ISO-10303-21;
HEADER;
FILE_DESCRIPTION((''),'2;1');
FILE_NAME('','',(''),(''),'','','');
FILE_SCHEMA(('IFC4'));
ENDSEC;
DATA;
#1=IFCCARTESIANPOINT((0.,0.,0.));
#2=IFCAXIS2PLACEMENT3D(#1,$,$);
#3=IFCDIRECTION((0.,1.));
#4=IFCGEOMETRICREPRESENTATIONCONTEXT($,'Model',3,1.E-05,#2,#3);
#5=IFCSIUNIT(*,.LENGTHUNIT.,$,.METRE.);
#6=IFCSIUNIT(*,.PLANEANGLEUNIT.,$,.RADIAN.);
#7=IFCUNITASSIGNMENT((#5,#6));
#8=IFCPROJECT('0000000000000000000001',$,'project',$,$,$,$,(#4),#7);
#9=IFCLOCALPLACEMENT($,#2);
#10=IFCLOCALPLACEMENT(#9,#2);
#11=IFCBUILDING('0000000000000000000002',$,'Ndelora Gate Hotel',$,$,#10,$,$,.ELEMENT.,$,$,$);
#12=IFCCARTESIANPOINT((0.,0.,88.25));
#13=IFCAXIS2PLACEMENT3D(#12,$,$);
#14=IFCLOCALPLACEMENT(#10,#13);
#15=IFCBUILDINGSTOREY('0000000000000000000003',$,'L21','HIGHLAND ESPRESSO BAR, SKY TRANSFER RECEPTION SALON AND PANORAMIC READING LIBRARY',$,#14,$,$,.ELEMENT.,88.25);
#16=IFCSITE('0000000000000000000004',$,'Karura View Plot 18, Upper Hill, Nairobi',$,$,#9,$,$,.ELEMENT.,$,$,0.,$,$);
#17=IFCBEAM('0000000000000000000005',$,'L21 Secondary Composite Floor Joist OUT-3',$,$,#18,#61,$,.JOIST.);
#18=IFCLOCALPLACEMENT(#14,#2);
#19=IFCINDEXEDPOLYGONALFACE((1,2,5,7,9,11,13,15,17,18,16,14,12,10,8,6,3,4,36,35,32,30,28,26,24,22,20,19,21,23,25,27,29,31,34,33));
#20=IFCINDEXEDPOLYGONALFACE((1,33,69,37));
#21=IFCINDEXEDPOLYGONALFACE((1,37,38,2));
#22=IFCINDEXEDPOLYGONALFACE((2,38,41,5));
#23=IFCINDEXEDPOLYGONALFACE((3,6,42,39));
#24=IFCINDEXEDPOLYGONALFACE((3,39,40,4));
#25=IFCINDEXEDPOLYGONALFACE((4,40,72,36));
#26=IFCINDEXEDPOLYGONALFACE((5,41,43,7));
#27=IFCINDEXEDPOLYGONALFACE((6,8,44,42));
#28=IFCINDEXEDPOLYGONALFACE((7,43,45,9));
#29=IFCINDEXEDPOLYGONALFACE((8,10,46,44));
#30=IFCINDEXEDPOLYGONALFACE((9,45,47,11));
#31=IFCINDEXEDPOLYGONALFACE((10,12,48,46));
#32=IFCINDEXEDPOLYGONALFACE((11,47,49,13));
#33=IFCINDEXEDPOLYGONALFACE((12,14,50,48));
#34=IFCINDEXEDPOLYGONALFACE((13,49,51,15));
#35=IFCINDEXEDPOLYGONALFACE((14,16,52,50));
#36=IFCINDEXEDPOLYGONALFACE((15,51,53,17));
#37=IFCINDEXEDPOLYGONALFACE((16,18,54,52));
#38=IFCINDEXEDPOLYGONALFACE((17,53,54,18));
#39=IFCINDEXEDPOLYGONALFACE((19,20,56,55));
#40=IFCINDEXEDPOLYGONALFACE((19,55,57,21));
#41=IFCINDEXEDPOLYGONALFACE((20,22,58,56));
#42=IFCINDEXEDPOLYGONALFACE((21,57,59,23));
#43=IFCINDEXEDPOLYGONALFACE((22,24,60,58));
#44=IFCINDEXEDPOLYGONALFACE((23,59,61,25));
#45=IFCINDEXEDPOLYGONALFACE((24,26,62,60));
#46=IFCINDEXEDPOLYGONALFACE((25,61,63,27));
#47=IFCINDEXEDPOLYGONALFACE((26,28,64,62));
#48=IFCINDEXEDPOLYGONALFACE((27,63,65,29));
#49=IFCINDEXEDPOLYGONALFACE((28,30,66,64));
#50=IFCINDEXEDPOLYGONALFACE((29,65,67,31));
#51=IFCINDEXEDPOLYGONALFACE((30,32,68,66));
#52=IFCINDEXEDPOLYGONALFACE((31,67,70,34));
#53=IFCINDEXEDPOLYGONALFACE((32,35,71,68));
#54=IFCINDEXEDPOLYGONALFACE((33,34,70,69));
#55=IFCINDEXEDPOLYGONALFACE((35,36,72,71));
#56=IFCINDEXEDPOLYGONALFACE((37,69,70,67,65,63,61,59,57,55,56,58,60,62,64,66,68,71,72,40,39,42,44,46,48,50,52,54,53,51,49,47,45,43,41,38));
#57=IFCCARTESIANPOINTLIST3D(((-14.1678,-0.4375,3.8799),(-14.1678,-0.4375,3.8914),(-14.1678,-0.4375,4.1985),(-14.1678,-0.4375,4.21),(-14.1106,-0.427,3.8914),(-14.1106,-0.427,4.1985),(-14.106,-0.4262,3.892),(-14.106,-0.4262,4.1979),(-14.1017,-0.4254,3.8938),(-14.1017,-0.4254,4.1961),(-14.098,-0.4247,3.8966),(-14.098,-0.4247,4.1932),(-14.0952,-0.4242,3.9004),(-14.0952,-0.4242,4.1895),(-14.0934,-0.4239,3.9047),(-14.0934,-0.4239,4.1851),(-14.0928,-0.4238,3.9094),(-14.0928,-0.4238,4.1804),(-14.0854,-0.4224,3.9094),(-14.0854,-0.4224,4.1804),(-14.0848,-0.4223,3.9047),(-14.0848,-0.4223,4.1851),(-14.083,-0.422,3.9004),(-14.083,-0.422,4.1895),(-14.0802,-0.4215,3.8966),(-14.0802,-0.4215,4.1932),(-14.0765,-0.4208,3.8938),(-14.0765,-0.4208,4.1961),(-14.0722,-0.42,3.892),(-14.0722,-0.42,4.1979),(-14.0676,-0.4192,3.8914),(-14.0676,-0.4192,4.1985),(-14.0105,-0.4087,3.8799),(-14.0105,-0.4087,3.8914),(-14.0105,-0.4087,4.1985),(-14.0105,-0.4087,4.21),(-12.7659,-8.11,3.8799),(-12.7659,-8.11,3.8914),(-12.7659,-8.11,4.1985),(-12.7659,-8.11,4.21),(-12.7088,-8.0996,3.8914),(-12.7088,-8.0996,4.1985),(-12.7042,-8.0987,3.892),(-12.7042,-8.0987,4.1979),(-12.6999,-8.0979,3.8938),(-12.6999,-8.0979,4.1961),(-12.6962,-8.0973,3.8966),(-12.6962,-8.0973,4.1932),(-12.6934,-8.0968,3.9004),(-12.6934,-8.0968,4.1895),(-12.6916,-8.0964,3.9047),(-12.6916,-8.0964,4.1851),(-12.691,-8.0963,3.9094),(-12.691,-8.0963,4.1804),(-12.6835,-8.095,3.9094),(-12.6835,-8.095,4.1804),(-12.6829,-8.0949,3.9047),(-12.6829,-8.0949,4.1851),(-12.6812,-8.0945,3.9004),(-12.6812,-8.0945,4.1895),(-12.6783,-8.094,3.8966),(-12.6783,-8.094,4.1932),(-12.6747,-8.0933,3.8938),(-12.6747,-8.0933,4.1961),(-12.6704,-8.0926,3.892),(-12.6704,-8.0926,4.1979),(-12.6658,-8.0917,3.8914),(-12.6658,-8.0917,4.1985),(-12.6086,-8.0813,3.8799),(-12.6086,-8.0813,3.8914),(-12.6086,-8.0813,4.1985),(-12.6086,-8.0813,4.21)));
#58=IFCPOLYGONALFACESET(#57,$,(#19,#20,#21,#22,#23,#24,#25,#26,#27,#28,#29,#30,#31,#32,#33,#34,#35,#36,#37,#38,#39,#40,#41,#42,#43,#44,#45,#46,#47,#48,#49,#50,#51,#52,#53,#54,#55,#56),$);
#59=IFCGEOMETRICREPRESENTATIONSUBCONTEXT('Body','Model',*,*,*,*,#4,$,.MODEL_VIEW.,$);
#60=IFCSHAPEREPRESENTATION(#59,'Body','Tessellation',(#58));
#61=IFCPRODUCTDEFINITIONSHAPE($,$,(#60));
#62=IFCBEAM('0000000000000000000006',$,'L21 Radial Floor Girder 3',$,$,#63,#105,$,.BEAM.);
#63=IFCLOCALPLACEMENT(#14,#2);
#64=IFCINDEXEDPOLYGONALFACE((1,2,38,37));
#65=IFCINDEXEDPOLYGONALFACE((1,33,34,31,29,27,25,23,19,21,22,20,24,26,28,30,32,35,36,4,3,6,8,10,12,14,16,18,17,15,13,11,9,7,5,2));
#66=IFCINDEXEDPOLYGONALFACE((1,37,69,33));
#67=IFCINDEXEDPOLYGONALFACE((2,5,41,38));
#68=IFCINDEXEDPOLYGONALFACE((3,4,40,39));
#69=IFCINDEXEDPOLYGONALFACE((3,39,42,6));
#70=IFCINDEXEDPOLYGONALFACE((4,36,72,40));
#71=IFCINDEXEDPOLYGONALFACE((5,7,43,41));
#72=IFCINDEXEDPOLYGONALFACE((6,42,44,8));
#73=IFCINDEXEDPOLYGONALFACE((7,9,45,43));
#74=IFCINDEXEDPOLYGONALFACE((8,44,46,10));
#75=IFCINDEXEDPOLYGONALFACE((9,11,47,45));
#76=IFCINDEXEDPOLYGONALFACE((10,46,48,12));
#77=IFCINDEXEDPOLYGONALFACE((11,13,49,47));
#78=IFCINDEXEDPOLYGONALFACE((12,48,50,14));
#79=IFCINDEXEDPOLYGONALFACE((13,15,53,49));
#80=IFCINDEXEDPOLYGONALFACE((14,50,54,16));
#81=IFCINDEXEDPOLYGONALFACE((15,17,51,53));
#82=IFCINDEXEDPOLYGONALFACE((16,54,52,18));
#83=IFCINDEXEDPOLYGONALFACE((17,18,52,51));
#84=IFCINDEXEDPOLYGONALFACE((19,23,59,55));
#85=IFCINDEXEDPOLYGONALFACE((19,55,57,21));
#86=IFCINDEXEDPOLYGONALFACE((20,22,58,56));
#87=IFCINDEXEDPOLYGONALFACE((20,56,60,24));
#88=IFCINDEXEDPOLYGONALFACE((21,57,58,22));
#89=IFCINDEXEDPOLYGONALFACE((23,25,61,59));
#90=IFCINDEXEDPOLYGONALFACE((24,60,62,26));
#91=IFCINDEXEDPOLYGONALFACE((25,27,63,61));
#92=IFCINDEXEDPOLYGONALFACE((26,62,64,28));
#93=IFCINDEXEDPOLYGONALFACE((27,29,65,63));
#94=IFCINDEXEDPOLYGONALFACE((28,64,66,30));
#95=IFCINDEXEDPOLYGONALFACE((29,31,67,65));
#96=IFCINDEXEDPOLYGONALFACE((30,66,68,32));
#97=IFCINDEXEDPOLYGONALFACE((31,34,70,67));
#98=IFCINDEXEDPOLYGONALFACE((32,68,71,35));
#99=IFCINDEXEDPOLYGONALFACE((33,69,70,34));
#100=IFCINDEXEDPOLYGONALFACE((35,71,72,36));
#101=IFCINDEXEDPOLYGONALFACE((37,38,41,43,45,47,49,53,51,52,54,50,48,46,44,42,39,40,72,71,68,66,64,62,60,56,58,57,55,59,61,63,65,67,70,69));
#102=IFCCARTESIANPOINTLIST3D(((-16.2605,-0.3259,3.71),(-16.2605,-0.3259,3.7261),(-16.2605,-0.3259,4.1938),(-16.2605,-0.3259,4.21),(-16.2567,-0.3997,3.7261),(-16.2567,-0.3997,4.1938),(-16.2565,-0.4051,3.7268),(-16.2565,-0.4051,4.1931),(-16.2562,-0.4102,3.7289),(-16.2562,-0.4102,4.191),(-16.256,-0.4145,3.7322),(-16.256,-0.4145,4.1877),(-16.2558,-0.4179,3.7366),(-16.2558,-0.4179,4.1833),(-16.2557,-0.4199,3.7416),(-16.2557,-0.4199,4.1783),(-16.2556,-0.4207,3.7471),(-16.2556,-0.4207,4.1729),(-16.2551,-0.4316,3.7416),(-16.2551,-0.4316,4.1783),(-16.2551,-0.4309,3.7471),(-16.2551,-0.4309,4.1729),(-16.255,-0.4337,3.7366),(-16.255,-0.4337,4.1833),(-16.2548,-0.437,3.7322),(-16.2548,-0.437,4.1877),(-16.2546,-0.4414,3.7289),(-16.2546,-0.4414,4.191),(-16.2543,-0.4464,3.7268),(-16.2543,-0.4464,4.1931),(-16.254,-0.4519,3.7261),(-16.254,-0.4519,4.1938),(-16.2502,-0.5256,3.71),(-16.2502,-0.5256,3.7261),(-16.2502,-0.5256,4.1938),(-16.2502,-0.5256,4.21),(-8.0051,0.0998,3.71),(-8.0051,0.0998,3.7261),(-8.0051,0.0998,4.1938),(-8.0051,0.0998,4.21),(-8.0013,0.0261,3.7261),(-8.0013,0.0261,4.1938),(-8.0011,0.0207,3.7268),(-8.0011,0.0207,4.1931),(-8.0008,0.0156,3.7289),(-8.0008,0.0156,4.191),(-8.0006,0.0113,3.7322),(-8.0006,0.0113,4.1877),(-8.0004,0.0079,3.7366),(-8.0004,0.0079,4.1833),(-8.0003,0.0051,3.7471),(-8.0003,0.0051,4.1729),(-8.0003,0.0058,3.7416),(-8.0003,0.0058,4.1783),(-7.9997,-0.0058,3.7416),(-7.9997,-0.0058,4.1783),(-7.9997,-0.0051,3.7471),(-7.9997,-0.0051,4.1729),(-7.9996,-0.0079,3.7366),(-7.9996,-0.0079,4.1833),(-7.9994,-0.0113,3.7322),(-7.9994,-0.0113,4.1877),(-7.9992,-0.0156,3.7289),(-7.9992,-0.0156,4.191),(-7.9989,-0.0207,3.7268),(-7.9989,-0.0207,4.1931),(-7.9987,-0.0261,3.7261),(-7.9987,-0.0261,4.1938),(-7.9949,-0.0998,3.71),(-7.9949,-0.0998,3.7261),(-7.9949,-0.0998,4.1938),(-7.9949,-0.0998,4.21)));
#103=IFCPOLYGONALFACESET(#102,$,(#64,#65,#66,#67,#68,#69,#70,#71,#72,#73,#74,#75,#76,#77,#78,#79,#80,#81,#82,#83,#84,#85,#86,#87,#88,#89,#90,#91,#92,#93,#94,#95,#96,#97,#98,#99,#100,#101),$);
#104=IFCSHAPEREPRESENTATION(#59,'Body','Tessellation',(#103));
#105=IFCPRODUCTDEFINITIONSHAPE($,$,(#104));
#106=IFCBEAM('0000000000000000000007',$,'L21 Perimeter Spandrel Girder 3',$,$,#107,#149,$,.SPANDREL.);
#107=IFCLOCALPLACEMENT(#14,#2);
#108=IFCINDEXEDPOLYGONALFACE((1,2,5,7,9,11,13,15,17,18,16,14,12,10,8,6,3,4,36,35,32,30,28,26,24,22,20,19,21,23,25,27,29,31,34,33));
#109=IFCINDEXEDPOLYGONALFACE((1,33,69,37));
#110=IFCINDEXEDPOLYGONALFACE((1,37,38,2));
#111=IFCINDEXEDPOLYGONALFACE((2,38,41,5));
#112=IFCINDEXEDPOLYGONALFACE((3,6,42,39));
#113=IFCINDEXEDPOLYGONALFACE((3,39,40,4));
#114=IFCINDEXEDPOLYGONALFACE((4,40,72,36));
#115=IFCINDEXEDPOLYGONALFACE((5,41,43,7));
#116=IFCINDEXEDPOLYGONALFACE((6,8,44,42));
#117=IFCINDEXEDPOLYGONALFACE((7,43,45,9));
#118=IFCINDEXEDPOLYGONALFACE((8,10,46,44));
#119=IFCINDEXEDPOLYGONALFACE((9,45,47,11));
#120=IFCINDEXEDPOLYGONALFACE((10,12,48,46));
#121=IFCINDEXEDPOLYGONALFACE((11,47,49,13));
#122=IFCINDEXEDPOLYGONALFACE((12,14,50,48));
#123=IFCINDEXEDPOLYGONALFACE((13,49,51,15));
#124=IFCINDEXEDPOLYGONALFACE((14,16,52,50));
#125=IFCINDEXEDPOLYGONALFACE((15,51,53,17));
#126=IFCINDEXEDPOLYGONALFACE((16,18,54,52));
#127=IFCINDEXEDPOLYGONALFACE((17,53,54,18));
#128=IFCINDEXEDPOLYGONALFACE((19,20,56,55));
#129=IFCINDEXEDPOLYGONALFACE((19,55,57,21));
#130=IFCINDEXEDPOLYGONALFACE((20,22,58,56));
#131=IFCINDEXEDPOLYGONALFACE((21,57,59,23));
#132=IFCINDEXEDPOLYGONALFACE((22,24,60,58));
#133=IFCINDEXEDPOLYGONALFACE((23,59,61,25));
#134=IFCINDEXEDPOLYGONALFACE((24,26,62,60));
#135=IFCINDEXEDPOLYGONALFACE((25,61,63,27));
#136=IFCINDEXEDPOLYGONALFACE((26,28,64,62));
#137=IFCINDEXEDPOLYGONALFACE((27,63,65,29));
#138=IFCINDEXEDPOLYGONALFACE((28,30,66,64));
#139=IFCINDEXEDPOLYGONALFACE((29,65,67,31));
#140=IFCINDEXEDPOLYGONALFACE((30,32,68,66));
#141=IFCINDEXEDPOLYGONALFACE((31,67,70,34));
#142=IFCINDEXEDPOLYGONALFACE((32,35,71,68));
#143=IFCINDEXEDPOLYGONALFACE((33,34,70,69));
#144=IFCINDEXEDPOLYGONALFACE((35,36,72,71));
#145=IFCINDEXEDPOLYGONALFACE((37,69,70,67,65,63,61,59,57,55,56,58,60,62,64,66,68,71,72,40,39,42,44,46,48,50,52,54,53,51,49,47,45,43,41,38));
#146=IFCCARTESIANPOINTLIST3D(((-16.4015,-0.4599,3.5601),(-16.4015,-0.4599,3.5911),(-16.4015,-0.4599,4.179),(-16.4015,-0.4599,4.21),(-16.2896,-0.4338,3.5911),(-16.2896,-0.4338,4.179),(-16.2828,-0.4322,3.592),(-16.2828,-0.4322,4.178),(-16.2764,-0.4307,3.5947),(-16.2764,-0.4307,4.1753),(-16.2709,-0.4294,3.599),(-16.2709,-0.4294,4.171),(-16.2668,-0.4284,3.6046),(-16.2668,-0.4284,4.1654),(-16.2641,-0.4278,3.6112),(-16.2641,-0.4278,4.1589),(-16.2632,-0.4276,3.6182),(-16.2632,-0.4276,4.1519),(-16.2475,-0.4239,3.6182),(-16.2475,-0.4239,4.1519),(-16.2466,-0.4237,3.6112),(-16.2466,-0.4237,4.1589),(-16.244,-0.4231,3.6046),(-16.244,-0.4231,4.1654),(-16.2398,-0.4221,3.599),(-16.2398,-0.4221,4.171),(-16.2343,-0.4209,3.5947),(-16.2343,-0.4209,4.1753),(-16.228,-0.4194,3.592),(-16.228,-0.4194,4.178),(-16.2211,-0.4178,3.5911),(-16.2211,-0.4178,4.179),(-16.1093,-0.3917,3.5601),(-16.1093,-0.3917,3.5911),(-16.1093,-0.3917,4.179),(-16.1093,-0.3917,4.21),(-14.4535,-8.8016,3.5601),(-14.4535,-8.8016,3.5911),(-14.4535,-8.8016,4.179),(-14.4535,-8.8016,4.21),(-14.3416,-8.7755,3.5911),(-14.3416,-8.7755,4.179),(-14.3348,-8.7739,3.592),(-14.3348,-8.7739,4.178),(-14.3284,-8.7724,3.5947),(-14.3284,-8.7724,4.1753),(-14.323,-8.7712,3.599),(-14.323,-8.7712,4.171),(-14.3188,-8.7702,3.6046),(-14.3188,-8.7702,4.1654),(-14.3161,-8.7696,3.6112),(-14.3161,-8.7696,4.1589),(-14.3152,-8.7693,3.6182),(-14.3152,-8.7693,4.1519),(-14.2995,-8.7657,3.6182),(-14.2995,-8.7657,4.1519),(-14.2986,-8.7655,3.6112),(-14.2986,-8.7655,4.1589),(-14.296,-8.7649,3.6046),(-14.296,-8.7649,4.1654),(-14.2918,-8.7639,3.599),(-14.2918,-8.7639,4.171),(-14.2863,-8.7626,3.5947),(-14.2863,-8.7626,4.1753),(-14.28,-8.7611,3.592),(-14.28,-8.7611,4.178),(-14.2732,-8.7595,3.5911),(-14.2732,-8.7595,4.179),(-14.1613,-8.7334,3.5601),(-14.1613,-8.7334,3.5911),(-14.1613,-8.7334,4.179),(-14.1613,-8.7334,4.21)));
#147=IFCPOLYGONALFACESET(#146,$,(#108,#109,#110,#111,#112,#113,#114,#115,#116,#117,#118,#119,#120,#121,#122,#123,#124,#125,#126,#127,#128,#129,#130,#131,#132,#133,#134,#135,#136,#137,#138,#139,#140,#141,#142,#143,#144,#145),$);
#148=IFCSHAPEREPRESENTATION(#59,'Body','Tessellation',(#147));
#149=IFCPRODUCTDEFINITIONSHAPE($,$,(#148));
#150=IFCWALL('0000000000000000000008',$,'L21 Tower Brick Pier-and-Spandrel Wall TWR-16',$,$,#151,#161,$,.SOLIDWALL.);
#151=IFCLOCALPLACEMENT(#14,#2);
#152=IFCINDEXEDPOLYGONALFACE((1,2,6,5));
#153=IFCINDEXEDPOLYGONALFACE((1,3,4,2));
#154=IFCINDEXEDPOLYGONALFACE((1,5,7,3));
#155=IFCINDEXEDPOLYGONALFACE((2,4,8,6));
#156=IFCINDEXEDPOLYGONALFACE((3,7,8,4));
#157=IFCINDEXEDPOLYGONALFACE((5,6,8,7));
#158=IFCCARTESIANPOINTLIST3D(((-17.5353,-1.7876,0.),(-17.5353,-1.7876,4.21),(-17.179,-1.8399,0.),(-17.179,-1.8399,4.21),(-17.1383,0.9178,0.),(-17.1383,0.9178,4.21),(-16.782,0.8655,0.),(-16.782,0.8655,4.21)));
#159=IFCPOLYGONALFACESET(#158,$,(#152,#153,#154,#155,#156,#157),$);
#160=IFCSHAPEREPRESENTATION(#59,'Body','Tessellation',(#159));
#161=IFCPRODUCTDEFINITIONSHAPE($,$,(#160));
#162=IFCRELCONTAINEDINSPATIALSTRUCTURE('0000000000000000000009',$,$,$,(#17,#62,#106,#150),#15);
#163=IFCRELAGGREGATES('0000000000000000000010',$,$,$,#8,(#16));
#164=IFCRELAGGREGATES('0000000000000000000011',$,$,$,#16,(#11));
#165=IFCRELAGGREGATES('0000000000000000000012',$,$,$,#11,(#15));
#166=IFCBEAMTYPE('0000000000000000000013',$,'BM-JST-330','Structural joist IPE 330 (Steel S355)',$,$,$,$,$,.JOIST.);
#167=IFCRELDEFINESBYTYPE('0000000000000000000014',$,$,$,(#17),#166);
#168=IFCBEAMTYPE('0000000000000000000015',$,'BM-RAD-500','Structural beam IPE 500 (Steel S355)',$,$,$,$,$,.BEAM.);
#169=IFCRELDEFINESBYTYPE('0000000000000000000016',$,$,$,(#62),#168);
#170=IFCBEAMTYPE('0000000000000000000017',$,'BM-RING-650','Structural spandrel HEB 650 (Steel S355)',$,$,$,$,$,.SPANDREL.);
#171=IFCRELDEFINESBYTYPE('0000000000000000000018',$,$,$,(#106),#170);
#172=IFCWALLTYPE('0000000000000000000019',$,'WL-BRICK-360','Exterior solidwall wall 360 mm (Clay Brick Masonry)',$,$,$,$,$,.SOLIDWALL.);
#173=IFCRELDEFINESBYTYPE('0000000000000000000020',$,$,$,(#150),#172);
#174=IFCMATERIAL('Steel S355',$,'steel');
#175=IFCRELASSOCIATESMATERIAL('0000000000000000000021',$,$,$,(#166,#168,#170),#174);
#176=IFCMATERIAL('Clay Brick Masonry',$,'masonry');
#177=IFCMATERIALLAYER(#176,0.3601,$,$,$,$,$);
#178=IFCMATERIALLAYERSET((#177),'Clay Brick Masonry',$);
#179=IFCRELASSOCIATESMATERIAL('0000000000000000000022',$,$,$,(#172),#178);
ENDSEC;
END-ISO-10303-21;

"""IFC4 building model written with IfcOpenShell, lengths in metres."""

from ifc_helpers import new_model, si_unit, direction, frame, frame_2d, origin, origin_2d, place, context, subcontext, project, spatial, rectangle, i_section, extrude, material, layer, layer_set, material_profile, profile_set, type_object, element, save


model = new_model("IFC4")

# Units and contexts
model_context = context("Model", 3, precision=1e-05, world=origin(), true_north=direction((0.0, 1.0)))
body_context = subcontext(model_context, "Body", "Model", "MODEL_VIEW")
ifc_project = project(units=[si_unit("LENGTHUNIT", "METRE"), si_unit("PLANEANGLEUNIT", "RADIAN")], contexts=[model_context])

# Site, building, storey
site_placement = place(None, origin())
site = spatial("IfcSite", under=ifc_project, at=site_placement, Name="Karura View Plot 18, Upper Hill, Nairobi", CompositionType="ELEMENT", RefElevation=0.0)
building_placement = place(site_placement, origin())
building = spatial("IfcBuilding", under=site, at=building_placement, Name="Ndelora Gate Hotel", CompositionType="ELEMENT")
storey_placement = place(building_placement, frame((0.0, 0.0, 88.25)))
storey = spatial("IfcBuildingStorey", under=building, at=storey_placement, Name="L21", Description="HIGHLAND ESPRESSO BAR, SKY TRANSFER RECEPTION SALON AND PANORAMIC READING LIBRARY", CompositionType="ELEMENT", Elevation=88.25)

# Beams
ifc_material_1 = material(Name="Steel S355", Category="steel")
ifc_material_profile_1 = material_profile(ifc_material_1, i_section(OverallWidth=0.1599, OverallDepth=0.3301, WebThickness=0.0076, FlangeThickness=0.0115, FilletRadius=0.0181, at=origin_2d()), Name="IPE 330")
ifc_profile_set_1 = profile_set([ifc_material_profile_1], Name="Steel S355")
beam_type_1 = type_object("IfcBeamType", Name="BM-JST-330", Description="Structural joist IPE 330 (Steel S355)", PredefinedType="JOIST", material=ifc_profile_set_1)
beam_1_placement = place(storey_placement, frame((-14.0891, -0.4231, 4.0449), z_axis=(0.179734, -0.983715, 0.0), x_axis=(0.983715, 0.179734, 0.0)))
element("IfcBeam", 1, at=beam_1_placement, inside=storey, type_object=beam_type_1, Name="L21 Secondary Composite Floor Joist OUT-3", PredefinedType="JOIST", context=body_context, shape_type="SweptSolid", body=[
    extrude(i_section(OverallWidth=0.1599, OverallDepth=0.3301, WebThickness=0.0076, FlangeThickness=0.0115, FilletRadius=0.0181, at=origin_2d()), origin(), (0.0, 0.0, 1.0), 7.7996),
])
ifc_material_profile_2 = material_profile(ifc_material_1, i_section(OverallWidth=0.2, OverallDepth=0.5, WebThickness=0.0103, FlangeThickness=0.0161, FilletRadius=0.021, at=origin_2d()), Name="IPE 500")
ifc_profile_set_2 = profile_set([ifc_material_profile_2], Name="Steel S355")
beam_type_2 = type_object("IfcBeamType", Name="BM-RAD-500", Description="Structural beam IPE 500 (Steel S355)", PredefinedType="BEAM", material=ifc_profile_set_2)
beam_2_placement = place(storey_placement, frame((-8.0, 0.0, 3.96), z_axis=(-0.998673, -0.051508, 0.0), x_axis=(0.051508, -0.998673, 0.0)))
element("IfcBeam", 2, at=beam_2_placement, inside=storey, type_object=beam_type_2, Name="L21 Radial Floor Girder 3", PredefinedType="BEAM", context=body_context, shape_type="SweptSolid", body=[
    extrude(i_section(OverallWidth=0.2, OverallDepth=0.5, WebThickness=0.0103, FlangeThickness=0.0161, FilletRadius=0.021, at=origin_2d()), origin(), (0.0, 0.0, 1.0), 8.2664),
])
ifc_material_profile_3 = material_profile(ifc_material_1, i_section(OverallWidth=0.3, OverallDepth=0.6499, WebThickness=0.0161, FlangeThickness=0.031, FilletRadius=0.0271, at=origin_2d()), Name="HEB 650")
ifc_profile_set_3 = profile_set([ifc_material_profile_3], Name="Steel S355")
beam_type_3 = type_object("IfcBeamType", Name="BM-RING-650", Description="Structural spandrel HEB 650 (Steel S355)", PredefinedType="SPANDREL", material=ifc_profile_set_3)
beam_3_placement = place(storey_placement, frame((-16.2554, -0.4258, 3.885), z_axis=(0.227404, -0.9738, 0.0), x_axis=(0.9738, 0.227404, 0.0)))
element("IfcBeam", 3, at=beam_3_placement, inside=storey, type_object=beam_type_3, Name="L21 Perimeter Spandrel Girder 3", PredefinedType="SPANDREL", context=body_context, shape_type="SweptSolid", body=[
    extrude(i_section(OverallWidth=0.3, OverallDepth=0.6499, WebThickness=0.0161, FlangeThickness=0.031, FilletRadius=0.0271, at=origin_2d()), origin(), (0.0, 0.0, 1.0), 8.5662),
])

# Wall
ifc_material_2 = material(Name="Clay Brick Masonry", Category="masonry")
ifc_layer_1 = layer(ifc_material_2, 0.3601)
ifc_layer_set_1 = layer_set([ifc_layer_1], Name="Clay Brick Masonry")
wall_type_1 = type_object("IfcWallType", Name="WL-BRICK-360", Description="Exterior solidwall wall 360 mm (Clay Brick Masonry)", PredefinedType="SOLIDWALL", material=ifc_layer_set_1)
wall_1_placement = place(storey_placement, frame((-17.3572, -1.8137, 0.0), z_axis=(0.0, 0.0, 1.0), x_axis=(0.145183, 0.989405, 0.0)))
element("IfcWall", 4, at=wall_1_placement, inside=storey, type_object=wall_type_1, Name="L21 Tower Brick Pier-and-Spandrel Wall TWR-16", PredefinedType="SOLIDWALL", context=body_context, shape_type="SweptSolid", body=[
    extrude(rectangle(XDim=2.7344, YDim=0.3601, at=frame_2d((1.3672, 0.0))), origin(), (0.0, 0.0, 1.0), 4.21),
])

save(model, "model.ifc")
